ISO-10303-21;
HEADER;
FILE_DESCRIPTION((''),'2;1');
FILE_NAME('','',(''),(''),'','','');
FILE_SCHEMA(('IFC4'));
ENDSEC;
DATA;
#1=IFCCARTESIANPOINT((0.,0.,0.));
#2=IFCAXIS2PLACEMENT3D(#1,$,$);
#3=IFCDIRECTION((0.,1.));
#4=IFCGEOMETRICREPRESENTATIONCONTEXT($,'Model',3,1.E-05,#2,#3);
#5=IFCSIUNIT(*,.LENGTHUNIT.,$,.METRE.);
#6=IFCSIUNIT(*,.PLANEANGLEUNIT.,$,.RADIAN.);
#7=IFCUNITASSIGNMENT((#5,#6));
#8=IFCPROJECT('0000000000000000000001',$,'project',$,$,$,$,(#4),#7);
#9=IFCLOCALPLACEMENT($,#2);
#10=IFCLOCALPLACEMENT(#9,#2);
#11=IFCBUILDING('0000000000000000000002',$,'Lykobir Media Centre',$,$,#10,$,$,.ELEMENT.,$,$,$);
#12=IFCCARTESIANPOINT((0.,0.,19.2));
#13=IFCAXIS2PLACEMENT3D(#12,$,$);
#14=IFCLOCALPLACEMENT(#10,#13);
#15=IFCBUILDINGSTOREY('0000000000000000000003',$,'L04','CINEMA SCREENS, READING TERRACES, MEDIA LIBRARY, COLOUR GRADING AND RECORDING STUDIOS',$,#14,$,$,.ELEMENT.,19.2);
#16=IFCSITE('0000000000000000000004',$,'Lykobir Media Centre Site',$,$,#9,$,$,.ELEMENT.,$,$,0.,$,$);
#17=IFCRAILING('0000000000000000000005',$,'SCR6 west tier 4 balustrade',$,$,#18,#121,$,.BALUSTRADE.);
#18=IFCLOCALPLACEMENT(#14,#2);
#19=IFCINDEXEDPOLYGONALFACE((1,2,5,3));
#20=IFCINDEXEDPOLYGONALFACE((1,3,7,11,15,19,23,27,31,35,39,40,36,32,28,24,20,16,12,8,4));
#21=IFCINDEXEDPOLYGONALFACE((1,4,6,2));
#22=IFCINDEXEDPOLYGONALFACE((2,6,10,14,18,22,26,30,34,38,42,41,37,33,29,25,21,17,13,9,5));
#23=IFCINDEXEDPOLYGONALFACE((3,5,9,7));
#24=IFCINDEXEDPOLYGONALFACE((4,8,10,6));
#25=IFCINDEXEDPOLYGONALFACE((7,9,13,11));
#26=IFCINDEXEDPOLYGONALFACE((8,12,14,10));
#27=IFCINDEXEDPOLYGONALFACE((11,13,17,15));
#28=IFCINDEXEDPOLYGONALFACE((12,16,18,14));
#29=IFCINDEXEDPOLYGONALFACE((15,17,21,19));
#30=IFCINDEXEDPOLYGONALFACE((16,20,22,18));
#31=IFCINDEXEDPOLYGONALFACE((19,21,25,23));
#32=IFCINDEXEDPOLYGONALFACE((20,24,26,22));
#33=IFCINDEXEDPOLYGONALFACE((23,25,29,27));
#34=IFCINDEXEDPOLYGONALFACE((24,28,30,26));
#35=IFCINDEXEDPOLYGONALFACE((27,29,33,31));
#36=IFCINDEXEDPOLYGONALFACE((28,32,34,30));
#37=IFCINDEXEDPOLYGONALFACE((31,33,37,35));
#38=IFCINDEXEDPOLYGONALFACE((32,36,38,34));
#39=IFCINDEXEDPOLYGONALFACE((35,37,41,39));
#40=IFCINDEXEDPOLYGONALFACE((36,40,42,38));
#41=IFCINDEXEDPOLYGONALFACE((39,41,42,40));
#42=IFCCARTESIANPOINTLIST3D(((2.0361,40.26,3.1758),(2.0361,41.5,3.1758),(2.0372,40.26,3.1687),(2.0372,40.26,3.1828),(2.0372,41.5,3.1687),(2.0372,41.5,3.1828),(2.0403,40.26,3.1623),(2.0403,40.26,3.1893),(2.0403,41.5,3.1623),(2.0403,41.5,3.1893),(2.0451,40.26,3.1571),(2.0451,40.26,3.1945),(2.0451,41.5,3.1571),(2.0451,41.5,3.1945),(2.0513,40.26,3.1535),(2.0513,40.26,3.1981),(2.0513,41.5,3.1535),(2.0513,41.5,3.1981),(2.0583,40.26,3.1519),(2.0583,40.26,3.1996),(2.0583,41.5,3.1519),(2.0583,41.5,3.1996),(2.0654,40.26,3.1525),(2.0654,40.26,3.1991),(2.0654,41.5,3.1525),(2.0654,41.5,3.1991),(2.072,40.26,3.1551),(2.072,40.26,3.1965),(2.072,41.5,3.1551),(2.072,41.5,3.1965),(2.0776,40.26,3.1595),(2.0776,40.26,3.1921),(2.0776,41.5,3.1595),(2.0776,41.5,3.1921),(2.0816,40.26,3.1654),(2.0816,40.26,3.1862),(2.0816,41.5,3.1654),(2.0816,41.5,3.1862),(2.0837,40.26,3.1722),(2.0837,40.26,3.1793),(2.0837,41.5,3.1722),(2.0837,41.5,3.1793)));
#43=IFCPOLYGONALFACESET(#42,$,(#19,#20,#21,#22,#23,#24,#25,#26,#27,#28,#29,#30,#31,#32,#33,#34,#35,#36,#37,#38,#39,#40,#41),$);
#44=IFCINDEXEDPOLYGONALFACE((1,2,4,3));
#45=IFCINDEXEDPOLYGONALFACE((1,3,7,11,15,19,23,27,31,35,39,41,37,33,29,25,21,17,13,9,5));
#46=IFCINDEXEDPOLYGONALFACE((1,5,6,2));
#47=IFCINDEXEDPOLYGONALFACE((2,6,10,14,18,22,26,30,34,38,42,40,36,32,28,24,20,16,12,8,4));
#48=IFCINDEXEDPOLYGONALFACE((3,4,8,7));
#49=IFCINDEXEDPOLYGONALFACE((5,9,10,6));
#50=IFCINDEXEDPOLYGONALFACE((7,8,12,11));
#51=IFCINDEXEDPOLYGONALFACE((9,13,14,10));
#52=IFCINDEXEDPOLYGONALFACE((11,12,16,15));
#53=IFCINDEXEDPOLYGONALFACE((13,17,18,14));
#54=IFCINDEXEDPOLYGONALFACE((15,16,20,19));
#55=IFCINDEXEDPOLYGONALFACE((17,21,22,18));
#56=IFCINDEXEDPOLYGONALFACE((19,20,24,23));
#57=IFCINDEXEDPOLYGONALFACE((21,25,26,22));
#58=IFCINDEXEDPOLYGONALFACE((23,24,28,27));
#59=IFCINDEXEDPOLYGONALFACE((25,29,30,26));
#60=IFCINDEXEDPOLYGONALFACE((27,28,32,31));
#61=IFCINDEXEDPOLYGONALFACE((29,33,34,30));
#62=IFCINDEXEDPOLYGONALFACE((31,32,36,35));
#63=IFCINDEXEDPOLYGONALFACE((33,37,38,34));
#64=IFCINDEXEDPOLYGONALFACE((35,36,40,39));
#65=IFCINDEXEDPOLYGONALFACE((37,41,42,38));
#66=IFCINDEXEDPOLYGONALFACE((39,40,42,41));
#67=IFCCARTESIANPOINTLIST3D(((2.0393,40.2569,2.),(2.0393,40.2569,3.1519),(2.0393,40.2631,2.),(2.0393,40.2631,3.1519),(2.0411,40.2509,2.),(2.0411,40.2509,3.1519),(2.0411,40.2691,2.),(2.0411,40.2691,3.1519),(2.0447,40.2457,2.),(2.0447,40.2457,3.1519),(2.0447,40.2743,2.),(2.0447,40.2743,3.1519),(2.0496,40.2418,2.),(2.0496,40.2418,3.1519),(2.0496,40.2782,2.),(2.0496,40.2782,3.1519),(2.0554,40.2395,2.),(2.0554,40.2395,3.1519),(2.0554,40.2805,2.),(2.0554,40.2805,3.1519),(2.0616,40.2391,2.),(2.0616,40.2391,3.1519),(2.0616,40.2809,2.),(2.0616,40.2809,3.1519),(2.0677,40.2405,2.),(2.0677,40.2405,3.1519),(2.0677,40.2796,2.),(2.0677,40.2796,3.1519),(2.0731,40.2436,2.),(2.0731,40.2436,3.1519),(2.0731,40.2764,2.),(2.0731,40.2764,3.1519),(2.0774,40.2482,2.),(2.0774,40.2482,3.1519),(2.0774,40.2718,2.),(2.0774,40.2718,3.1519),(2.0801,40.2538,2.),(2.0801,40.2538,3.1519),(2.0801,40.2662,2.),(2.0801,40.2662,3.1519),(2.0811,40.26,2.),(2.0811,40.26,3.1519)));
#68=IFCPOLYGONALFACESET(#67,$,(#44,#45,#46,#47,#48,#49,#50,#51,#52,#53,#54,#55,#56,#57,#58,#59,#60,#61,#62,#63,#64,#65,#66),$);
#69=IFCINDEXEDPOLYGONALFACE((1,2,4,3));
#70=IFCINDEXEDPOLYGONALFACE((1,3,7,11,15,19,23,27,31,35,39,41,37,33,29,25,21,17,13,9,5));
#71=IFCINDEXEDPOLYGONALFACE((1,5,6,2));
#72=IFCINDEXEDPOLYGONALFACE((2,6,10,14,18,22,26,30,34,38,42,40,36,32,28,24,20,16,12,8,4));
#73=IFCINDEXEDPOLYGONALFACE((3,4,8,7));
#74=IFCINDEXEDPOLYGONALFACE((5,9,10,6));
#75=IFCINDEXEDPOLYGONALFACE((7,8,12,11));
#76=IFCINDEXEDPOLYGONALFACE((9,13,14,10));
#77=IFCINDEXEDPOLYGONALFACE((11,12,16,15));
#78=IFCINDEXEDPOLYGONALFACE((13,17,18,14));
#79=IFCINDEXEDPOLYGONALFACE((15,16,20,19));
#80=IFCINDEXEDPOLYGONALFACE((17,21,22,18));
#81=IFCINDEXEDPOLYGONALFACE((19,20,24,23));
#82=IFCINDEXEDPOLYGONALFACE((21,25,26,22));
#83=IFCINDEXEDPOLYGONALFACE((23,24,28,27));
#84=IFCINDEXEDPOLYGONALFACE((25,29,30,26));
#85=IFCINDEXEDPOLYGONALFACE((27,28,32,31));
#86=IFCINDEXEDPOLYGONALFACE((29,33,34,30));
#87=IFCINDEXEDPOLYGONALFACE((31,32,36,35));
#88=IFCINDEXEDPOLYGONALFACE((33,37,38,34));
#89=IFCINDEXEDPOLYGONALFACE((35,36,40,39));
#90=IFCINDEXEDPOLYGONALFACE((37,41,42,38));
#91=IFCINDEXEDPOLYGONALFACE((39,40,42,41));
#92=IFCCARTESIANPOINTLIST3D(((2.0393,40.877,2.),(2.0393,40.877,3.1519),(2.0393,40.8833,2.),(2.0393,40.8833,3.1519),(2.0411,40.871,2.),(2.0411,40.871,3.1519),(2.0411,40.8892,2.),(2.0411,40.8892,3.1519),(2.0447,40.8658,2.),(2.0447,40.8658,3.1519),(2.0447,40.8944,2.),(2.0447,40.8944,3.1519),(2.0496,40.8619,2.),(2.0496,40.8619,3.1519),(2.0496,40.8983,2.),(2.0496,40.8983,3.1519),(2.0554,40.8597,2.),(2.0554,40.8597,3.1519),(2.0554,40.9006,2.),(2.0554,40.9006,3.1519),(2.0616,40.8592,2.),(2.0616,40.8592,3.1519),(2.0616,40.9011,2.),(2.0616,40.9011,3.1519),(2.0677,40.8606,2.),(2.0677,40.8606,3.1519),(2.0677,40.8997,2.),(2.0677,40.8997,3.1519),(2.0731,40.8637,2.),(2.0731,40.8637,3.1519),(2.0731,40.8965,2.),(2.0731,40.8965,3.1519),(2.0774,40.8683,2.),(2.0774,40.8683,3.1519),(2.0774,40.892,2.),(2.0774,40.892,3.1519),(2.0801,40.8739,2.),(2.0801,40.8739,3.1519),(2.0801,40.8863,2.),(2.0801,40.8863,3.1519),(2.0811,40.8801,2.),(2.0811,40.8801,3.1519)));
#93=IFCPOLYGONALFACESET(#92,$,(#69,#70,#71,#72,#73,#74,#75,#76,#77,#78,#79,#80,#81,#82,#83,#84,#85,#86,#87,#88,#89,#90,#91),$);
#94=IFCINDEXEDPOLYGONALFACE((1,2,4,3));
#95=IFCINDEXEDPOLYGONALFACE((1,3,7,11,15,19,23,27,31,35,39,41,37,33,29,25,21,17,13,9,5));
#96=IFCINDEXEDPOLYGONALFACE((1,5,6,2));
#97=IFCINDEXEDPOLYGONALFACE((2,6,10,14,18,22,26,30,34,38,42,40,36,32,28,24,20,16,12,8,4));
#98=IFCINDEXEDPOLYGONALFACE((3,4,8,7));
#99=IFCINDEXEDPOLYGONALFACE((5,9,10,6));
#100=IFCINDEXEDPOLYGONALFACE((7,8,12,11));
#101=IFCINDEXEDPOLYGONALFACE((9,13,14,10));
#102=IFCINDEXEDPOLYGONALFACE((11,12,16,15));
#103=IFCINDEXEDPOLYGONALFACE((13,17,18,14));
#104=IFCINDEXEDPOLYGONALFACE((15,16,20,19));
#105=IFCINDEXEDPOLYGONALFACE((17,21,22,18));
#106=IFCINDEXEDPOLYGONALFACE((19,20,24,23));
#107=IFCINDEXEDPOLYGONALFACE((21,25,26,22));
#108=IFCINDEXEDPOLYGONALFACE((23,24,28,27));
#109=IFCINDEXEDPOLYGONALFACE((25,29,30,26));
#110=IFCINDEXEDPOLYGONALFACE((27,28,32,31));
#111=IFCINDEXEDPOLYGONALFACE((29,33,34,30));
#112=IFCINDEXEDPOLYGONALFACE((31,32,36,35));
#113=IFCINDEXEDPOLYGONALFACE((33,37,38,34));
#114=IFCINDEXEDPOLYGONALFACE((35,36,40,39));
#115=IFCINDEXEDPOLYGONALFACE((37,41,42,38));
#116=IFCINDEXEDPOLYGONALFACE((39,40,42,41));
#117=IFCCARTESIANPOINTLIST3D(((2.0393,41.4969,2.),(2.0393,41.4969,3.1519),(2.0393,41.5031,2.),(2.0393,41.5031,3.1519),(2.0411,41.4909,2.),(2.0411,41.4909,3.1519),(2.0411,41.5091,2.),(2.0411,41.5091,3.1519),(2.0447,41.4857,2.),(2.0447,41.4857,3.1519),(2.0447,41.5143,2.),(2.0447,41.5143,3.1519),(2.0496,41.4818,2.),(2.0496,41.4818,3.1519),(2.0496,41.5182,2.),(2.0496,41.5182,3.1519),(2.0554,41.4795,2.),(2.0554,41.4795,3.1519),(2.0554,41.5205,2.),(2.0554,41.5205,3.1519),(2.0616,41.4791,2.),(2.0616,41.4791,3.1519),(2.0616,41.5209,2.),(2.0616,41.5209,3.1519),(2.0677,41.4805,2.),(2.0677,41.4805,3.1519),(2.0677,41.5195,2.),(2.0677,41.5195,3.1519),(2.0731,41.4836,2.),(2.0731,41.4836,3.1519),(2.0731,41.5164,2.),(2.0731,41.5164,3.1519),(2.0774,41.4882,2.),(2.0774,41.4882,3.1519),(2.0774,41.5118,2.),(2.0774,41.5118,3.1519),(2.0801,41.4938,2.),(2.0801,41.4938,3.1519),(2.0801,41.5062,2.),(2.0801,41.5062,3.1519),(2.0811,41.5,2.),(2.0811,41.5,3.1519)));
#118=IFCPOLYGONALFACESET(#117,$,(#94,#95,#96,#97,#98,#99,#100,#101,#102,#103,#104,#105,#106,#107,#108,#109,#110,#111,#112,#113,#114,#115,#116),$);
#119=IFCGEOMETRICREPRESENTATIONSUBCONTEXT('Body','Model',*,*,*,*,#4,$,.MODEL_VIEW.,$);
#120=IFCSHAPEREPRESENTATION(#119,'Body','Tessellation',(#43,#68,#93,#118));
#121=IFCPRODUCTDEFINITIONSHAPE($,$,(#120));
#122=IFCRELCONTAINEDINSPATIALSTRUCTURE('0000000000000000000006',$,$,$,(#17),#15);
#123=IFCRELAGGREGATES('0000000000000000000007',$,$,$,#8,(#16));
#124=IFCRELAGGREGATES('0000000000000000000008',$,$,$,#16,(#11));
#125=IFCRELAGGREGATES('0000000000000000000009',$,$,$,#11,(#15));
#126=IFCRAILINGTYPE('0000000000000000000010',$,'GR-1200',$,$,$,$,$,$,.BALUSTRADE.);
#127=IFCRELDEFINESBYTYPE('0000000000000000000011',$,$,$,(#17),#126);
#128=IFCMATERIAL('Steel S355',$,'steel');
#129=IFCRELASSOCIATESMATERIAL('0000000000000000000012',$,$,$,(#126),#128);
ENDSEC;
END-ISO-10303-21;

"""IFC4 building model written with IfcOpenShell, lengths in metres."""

from ifc_helpers import new_model, si_unit, direction, frame, origin, origin_2d, place, context, subcontext, project, spatial, circle, extrude, material, type_object, element, save


model = new_model("IFC4")

# Units and contexts
model_context = context("Model", 3, precision=1e-05, world=origin(), true_north=direction((0.0, 1.0)))
body_context = subcontext(model_context, "Body", "Model", "MODEL_VIEW")
ifc_project = project(units=[si_unit("LENGTHUNIT", "METRE"), si_unit("PLANEANGLEUNIT", "RADIAN")], contexts=[model_context])

# Site, building, storey
site_placement = place(None, origin())
site = spatial("IfcSite", under=ifc_project, at=site_placement, Name="Lykobir Media Centre Site", CompositionType="ELEMENT", RefElevation=0.0)
building_placement = place(site_placement, origin())
building = spatial("IfcBuilding", under=site, at=building_placement, Name="Lykobir Media Centre", CompositionType="ELEMENT")
storey_placement = place(building_placement, frame((0.0, 0.0, 19.2)))
storey = spatial("IfcBuildingStorey", under=building, at=storey_placement, Name="L04", Description="CINEMA SCREENS, READING TERRACES, MEDIA LIBRARY, COLOUR GRADING AND RECORDING STUDIOS", CompositionType="ELEMENT", Elevation=19.2)

# Shared definitions
ifc_material_1 = material(Name="Steel S355", Category="steel")

# Railing
railing_type = type_object("IfcRailingType", Name="GR-1200", PredefinedType="BALUSTRADE", material=ifc_material_1)
railing_1_placement = place(storey_placement, frame((2.0601, 40.26, 2.0)))
element("IfcRailing", 1, at=railing_1_placement, inside=storey, type_object=railing_type, Name="SCR6 west tier 4 balustrade", PredefinedType="BALUSTRADE", context=body_context, shape_type="SweptSolid", body=[
    extrude(circle(Radius=0.0239, at=origin_2d()), frame((0.0, 0.0, 1.1758), z_axis=(0.0, 1.0, 0.0), x_axis=(-1.0, 0.0, 0.0)), (0.0, 0.0, 1.0), 1.24),
    extrude(circle(Radius=0.021, at=origin_2d()), origin(), (0.0, 0.0, 1.0), 1.1519),
    extrude(circle(Radius=0.021, at=origin_2d()), frame((0.0, 0.6201, 0.0)), (0.0, 0.0, 1.0), 1.1519),
    extrude(circle(Radius=0.021, at=origin_2d()), frame((0.0, 1.24, 0.0)), (0.0, 0.0, 1.0), 1.1519),
])

save(model, "model.ifc")
